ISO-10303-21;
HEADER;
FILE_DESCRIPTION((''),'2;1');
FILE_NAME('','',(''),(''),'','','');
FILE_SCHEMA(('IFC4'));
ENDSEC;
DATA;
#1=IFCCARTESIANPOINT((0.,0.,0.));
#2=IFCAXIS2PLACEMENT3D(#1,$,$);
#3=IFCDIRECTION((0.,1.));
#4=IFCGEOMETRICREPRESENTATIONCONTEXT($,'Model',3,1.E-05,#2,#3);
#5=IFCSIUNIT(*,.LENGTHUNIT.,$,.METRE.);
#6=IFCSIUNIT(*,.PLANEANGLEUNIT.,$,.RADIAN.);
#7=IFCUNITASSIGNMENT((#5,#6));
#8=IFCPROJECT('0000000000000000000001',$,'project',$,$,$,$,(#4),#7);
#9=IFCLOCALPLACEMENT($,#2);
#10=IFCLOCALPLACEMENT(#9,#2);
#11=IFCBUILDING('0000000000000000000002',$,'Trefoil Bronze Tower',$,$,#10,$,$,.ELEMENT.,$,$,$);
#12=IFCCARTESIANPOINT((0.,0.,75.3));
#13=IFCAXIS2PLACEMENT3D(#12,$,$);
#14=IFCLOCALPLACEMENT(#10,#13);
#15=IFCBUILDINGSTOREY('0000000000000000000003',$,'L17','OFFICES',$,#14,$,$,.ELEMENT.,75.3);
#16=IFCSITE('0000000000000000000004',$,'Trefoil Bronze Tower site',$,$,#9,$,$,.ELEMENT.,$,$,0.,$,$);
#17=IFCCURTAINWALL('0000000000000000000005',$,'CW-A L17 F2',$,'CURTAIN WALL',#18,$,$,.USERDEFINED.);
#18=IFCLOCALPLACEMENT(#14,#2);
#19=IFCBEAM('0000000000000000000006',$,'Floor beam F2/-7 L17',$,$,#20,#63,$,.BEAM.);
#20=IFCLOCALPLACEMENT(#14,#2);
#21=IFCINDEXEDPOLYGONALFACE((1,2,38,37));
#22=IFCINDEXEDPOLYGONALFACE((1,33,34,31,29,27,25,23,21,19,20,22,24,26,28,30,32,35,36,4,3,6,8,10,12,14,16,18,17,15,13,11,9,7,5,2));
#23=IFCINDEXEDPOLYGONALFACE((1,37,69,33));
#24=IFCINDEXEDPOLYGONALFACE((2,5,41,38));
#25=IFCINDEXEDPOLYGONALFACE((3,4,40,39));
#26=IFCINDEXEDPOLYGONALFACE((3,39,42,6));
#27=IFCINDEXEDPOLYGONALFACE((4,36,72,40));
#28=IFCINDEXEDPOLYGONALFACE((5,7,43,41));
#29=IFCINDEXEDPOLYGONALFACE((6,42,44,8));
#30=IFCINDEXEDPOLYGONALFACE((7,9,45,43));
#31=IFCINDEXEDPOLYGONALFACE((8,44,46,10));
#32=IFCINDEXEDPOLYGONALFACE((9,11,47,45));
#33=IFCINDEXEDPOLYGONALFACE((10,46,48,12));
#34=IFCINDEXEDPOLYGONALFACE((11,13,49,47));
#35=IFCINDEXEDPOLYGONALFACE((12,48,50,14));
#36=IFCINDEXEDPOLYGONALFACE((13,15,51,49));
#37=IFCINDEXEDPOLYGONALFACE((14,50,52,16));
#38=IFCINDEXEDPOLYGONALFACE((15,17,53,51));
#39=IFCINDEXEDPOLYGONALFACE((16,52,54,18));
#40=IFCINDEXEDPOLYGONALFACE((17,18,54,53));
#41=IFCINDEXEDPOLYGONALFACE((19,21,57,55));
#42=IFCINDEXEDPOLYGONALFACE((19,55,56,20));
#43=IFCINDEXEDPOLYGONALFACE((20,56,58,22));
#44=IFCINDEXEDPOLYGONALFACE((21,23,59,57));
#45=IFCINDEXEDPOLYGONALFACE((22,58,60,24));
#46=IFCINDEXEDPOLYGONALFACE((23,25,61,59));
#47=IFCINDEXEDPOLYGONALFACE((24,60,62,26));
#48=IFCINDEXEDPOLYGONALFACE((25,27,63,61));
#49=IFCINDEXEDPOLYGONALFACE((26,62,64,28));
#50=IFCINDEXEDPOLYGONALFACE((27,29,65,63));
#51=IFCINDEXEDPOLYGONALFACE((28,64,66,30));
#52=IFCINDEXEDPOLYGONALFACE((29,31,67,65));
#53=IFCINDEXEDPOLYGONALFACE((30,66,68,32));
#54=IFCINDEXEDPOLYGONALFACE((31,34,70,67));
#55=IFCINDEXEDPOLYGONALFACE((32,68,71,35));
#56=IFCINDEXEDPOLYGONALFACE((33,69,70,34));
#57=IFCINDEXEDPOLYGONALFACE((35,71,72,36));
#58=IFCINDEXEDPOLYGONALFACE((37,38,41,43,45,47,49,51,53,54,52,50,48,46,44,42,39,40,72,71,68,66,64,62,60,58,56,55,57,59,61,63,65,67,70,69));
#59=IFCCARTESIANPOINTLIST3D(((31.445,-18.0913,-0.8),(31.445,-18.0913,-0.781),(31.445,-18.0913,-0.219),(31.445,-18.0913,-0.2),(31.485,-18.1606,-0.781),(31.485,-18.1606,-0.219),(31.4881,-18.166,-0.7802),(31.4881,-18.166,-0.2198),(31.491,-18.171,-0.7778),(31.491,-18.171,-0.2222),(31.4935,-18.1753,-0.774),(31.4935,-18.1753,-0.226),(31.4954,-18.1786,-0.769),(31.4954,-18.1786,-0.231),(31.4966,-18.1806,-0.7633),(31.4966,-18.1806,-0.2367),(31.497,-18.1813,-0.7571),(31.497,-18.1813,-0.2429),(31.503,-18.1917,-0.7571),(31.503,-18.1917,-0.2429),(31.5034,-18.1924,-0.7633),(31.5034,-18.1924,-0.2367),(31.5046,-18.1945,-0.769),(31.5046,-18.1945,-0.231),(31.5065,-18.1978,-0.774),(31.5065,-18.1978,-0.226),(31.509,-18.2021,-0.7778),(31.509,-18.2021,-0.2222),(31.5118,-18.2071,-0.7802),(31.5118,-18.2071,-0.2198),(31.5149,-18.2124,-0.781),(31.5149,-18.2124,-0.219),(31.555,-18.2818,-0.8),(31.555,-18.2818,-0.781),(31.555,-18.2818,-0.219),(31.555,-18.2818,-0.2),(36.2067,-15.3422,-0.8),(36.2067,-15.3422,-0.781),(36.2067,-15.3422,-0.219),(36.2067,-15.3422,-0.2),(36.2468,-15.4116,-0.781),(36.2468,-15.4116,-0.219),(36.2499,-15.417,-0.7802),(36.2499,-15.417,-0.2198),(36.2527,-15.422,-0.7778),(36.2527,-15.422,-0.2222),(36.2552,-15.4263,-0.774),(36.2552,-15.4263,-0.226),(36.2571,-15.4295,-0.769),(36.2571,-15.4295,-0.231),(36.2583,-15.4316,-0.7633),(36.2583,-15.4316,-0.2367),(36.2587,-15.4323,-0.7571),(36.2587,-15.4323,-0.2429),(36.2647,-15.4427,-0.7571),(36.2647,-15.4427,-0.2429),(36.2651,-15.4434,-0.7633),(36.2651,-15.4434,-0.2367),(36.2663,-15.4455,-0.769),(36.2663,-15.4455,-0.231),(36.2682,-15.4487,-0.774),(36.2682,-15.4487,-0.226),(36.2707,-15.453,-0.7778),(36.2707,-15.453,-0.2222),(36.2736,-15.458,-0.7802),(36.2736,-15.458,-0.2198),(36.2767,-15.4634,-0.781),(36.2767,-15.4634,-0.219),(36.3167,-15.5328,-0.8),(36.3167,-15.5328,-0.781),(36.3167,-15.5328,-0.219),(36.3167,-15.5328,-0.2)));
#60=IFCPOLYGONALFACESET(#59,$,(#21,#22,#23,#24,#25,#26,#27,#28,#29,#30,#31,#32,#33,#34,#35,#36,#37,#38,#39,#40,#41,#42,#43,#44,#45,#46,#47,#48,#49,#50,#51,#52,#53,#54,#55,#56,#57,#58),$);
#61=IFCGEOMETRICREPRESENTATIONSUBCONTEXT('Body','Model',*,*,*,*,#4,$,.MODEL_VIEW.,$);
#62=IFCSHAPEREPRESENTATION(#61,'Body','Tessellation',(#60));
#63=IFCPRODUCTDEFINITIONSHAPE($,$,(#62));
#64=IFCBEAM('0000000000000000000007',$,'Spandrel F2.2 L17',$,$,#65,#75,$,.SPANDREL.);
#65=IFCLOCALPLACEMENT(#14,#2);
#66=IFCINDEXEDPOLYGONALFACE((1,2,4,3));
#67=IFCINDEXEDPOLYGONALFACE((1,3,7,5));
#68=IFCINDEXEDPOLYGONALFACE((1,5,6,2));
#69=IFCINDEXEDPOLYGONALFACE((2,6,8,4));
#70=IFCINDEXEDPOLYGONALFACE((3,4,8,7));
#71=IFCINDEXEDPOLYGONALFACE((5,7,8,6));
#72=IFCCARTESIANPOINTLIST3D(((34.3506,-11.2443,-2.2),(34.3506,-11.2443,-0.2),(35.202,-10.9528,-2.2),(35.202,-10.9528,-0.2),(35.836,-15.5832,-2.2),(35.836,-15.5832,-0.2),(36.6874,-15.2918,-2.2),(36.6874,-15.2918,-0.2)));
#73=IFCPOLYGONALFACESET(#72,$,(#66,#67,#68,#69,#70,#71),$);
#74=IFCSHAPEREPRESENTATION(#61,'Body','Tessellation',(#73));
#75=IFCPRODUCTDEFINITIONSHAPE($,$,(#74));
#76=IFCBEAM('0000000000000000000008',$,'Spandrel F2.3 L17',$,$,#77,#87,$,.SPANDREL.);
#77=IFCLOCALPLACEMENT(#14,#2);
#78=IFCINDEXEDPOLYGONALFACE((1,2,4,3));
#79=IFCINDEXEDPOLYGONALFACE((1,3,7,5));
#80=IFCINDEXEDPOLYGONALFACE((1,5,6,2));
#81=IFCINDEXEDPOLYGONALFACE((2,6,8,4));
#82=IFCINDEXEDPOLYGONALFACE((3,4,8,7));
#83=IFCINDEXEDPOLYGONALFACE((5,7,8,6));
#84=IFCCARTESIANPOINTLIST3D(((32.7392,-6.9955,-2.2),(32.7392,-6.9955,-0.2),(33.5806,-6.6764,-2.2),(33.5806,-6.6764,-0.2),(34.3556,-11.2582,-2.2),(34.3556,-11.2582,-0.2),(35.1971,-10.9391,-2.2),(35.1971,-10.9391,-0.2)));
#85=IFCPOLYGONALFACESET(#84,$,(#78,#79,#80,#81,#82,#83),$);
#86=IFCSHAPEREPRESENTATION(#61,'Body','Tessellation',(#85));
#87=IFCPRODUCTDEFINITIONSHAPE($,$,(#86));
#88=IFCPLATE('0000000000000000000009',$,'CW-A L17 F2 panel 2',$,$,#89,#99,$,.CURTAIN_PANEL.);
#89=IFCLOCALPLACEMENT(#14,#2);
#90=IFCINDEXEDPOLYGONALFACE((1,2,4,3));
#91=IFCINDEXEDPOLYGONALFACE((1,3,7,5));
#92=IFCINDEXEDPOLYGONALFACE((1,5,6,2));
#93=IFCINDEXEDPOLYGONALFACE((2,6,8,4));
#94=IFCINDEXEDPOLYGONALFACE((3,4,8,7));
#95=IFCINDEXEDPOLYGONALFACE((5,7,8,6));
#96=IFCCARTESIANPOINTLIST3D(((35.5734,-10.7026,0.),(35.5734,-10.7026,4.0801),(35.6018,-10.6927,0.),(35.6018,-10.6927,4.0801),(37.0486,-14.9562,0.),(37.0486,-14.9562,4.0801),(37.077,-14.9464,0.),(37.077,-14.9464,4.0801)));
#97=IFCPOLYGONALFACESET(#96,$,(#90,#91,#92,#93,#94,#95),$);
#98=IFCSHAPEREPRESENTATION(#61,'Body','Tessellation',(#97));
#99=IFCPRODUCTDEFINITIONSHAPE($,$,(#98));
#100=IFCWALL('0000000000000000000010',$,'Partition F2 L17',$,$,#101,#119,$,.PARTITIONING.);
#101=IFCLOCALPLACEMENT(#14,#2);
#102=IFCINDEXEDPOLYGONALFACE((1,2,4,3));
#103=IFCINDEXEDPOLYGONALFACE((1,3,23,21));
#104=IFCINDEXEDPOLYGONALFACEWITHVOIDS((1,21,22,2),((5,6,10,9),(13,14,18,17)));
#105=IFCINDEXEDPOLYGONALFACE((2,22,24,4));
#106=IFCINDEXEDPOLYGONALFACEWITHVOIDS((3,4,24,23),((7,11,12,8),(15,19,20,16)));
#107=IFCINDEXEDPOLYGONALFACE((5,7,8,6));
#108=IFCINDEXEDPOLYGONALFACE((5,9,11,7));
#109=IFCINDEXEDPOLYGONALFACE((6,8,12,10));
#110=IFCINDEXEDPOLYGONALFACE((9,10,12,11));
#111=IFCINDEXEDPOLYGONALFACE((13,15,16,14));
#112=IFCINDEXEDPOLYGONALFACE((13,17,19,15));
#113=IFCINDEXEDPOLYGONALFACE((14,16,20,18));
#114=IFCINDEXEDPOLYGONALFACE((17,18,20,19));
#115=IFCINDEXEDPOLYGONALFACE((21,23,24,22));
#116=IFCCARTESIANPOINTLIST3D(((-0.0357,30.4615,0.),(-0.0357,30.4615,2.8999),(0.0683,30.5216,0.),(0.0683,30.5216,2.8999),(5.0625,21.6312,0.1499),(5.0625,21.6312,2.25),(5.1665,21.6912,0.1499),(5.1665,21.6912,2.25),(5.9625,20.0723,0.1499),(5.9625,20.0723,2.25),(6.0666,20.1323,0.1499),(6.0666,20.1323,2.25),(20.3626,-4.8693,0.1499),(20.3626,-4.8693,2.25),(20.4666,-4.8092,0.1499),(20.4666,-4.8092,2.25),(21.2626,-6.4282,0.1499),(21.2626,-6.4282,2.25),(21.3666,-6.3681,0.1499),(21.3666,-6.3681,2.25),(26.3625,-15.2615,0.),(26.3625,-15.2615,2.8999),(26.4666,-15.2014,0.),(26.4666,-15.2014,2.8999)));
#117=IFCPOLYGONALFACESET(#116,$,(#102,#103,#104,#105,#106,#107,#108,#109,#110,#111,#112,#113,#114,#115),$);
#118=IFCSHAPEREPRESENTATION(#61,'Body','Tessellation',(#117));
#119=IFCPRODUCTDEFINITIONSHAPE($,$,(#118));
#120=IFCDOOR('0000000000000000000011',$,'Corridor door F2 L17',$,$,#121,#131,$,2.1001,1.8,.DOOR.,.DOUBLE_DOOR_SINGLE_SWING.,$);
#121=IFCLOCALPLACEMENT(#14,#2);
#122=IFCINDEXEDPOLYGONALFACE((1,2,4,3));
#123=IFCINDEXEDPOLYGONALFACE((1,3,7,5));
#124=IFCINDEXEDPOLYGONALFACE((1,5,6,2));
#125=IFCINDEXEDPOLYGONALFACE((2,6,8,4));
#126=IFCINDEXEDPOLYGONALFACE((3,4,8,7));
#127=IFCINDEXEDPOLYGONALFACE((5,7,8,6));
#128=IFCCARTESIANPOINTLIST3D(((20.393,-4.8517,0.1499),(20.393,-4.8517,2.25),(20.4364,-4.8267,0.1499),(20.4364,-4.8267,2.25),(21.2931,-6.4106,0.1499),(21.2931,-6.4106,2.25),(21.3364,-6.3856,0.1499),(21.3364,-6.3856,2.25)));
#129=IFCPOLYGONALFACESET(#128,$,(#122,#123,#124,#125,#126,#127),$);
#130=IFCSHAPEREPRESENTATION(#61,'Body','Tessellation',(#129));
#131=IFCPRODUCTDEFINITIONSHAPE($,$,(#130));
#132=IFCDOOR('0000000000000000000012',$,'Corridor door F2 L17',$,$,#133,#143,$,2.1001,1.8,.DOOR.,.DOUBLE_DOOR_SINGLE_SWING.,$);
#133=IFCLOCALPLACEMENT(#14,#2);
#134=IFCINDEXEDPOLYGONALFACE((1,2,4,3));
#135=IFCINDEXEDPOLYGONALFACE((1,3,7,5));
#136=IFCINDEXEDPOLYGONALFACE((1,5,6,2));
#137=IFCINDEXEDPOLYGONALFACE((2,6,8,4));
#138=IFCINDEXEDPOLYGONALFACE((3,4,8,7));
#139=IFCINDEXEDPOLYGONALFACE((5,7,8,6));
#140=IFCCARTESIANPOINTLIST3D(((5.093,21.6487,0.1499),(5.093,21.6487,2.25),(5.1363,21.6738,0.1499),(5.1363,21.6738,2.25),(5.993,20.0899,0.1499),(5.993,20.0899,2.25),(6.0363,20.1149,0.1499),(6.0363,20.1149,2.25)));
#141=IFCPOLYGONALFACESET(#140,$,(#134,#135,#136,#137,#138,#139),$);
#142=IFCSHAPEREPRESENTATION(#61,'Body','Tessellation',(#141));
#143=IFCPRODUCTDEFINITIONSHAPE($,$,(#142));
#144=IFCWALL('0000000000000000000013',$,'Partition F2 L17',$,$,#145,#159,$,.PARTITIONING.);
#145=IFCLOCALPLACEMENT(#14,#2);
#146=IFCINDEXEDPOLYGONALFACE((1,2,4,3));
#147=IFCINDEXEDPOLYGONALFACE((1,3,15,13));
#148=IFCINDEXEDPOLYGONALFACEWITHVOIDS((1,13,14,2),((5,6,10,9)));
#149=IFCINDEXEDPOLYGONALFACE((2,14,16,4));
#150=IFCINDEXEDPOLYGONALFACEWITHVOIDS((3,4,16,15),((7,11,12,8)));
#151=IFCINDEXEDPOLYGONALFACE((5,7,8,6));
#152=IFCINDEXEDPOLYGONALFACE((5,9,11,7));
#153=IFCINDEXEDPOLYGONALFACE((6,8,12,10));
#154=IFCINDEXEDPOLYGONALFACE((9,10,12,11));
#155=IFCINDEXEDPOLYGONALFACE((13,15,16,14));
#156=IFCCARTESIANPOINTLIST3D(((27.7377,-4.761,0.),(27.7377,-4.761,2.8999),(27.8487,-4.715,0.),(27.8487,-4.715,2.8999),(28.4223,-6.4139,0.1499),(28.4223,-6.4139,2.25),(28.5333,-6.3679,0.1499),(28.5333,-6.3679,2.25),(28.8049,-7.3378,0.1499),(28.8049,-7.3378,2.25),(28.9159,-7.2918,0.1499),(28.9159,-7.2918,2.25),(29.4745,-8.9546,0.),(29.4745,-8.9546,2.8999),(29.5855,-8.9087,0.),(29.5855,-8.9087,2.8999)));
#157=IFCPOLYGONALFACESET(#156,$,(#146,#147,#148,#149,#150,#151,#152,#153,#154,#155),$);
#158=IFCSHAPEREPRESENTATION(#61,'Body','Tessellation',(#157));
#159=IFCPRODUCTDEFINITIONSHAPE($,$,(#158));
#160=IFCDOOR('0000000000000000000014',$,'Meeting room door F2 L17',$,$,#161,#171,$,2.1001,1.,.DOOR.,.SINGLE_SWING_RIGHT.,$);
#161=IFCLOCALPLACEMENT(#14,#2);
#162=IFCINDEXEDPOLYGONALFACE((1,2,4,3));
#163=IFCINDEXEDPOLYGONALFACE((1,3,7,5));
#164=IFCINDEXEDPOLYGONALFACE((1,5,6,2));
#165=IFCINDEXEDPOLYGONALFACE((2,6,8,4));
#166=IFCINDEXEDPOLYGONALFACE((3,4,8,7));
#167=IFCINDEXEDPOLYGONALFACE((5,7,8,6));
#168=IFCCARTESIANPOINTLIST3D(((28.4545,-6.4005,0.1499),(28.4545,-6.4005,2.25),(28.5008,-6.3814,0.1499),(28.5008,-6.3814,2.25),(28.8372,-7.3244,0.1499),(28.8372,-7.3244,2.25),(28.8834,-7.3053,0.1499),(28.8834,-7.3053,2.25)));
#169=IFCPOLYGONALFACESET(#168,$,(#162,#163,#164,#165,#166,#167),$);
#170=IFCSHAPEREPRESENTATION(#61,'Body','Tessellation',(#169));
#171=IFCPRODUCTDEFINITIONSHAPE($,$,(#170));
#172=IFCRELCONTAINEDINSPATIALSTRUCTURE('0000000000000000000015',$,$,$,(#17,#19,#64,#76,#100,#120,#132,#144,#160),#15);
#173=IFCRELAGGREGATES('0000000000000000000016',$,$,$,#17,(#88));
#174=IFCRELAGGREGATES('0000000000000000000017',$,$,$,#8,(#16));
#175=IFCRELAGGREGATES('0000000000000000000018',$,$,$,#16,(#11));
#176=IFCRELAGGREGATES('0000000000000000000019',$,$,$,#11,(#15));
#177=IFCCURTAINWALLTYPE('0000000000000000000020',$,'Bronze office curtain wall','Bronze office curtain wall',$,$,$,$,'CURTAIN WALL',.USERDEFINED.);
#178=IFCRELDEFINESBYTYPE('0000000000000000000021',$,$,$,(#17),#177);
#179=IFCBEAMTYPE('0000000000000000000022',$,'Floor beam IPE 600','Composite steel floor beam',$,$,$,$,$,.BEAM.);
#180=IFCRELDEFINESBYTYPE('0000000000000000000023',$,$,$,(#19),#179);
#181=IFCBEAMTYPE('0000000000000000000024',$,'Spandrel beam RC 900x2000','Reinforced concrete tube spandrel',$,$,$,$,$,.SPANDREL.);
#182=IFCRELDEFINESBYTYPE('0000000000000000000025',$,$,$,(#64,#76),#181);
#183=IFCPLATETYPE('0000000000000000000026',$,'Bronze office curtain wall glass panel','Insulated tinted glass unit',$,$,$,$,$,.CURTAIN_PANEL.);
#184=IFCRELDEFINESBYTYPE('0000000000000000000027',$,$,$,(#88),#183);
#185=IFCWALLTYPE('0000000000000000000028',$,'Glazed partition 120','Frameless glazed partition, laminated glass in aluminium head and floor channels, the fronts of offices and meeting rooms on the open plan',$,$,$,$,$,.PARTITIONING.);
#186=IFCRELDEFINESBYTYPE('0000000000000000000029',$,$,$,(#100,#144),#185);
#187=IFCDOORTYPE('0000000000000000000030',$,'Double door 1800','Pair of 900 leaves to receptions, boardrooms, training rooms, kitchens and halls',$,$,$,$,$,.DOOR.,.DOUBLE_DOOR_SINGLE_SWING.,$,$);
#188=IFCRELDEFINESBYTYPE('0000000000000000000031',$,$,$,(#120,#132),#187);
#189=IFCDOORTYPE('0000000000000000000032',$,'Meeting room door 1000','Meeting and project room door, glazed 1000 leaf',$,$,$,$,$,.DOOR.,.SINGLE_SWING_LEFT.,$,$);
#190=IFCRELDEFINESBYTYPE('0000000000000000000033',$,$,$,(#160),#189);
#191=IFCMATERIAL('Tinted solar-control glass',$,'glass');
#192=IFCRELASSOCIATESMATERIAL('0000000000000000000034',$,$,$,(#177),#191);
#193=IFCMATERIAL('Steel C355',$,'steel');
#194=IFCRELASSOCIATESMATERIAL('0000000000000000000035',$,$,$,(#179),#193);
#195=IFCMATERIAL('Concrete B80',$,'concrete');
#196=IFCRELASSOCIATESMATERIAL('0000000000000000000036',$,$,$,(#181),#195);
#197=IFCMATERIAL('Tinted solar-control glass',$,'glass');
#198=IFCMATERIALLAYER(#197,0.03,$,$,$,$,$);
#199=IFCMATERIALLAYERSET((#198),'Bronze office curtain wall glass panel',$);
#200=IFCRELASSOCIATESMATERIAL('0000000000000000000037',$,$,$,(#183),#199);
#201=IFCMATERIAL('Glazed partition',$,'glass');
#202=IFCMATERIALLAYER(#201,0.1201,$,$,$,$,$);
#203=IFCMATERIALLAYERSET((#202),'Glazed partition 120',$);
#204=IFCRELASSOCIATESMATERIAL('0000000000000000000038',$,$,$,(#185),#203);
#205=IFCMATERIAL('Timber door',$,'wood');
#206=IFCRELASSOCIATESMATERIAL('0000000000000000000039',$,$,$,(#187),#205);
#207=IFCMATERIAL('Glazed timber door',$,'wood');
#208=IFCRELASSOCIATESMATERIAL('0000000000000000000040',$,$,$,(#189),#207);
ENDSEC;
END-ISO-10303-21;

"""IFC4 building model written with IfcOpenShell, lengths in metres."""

from ifc_helpers import new_model, si_unit, direction, frame, frame_2d, origin, origin_2d, place, context, subcontext, project, spatial, rectangle, i_section, extrude, material, layer, layer_set, material_profile, profile_set, type_object, element, fill, aggregate, save


model = new_model("IFC4")

# Units and contexts
model_context = context("Model", 3, precision=1e-05, world=origin(), true_north=direction((0.0, 1.0)))
body_context = subcontext(model_context, "Body", "Model", "MODEL_VIEW")
ifc_project = project(units=[si_unit("LENGTHUNIT", "METRE"), si_unit("PLANEANGLEUNIT", "RADIAN")], contexts=[model_context])

# Site, building, storey
site_placement = place(None, origin())
site = spatial("IfcSite", under=ifc_project, at=site_placement, Name="Trefoil Bronze Tower site", CompositionType="ELEMENT", RefElevation=0.0)
building_placement = place(site_placement, origin())
building = spatial("IfcBuilding", under=site, at=building_placement, Name="Trefoil Bronze Tower", CompositionType="ELEMENT")
storey_placement = place(building_placement, frame((0.0, 0.0, 75.3)))
storey = spatial("IfcBuildingStorey", under=building, at=storey_placement, Name="L17", Description="OFFICES", CompositionType="ELEMENT", Elevation=75.3)

# Curtain wall
ifc_material_1 = material(Name="Tinted solar-control glass", Category="glass")
curtain_wall_type = type_object("IfcCurtainWallType", Name="Bronze office curtain wall", Description="Bronze office curtain wall", ElementType="CURTAIN WALL", PredefinedType="USERDEFINED", material=ifc_material_1)
curtain_wall_placement = place(storey_placement, origin())
curtain_wall = element("IfcCurtainWall", 1, at=curtain_wall_placement, inside=storey, type_object=curtain_wall_type, Name="CW-A L17 F2", ObjectType="CURTAIN WALL", PredefinedType="USERDEFINED")

# Beams
ifc_material_2 = material(Name="Steel C355", Category="steel")
ifc_material_profile_1 = material_profile(ifc_material_2, i_section(OverallWidth=0.22, OverallDepth=0.6001, WebThickness=0.012, FlangeThickness=0.019, FilletRadius=0.0239, at=origin_2d()), Name="IPE 600")
ifc_profile_set_1 = profile_set([ifc_material_profile_1], Name="Steel C355")
beam_type_1 = type_object("IfcBeamType", Name="Floor beam IPE 600", Description="Composite steel floor beam", PredefinedType="BEAM", material=ifc_profile_set_1)
beam_1_placement = place(storey_placement, frame((36.2617, -15.4375, -0.5), z_axis=(-0.866038, -0.499979, 0.0), x_axis=(0.499979, -0.866038, 0.0)))
element("IfcBeam", 2, at=beam_1_placement, inside=storey, type_object=beam_type_1, Name="Floor beam F2/-7 L17", PredefinedType="BEAM", context=body_context, shape_type="SweptSolid", body=[
    extrude(i_section(OverallWidth=0.22, OverallDepth=0.6001, WebThickness=0.012, FlangeThickness=0.019, FilletRadius=0.0239, at=origin_2d()), origin(), (0.0, 0.0, 1.0), 5.4983),
])
ifc_material_3 = material(Name="Concrete B80", Category="concrete")
ifc_material_profile_2 = material_profile(ifc_material_3, rectangle(XDim=0.8999, YDim=2.0, at=origin_2d()), Name="RC 900x2000")
ifc_profile_set_2 = profile_set([ifc_material_profile_2], Name="Concrete B80")
beam_type_2 = type_object("IfcBeamType", Name="Spandrel beam RC 900x2000", Description="Reinforced concrete tube spandrel", PredefinedType="SPANDREL", material=ifc_profile_set_2)
beam_2_placement = place(storey_placement, frame((36.2617, -15.4375, -1.2), z_axis=(-0.323883, 0.946097, 0.0), x_axis=(-0.946097, -0.323883, 0.0)))
element("IfcBeam", 3, at=beam_2_placement, inside=storey, type_object=beam_type_2, Name="Spandrel F2.2 L17", PredefinedType="SPANDREL", context=body_context, shape_type="SweptSolid", body=[
    extrude(rectangle(XDim=0.8999, YDim=2.0, at=origin_2d()), origin(), (0.0, 0.0, 1.0), 4.5862),
])
beam_3_placement = place(storey_placement, frame((34.7764, -11.0986, -1.2), z_axis=(-0.354572, 0.935029, 0.0), x_axis=(-0.935029, -0.354572, 0.0)))
element("IfcBeam", 4, at=beam_3_placement, inside=storey, type_object=beam_type_2, Name="Spandrel F2.3 L17", PredefinedType="SPANDREL", context=body_context, shape_type="SweptSolid", body=[
    extrude(rectangle(XDim=0.8999, YDim=2.0, at=origin_2d()), origin(), (0.0, 0.0, 1.0), 4.5588),
])

# Plate
ifc_material_4 = material(Name="Tinted solar-control glass", Category="glass")
ifc_layer_1 = layer(ifc_material_4, 0.03)
ifc_layer_set_1 = layer_set([ifc_layer_1], Name="Bronze office curtain wall glass panel")
plate_type = type_object("IfcPlateType", Name="Bronze office curtain wall glass panel", Description="Insulated tinted glass unit", PredefinedType="CURTAIN_PANEL", material=ifc_layer_set_1)
plate_placement = place(storey_placement, frame((36.3252, -12.8245, 0.0), z_axis=(0.0, 0.0, 1.0), x_axis=(-0.327674, 0.944791, 0.0)))
plate = element("IfcPlate", 5, at=plate_placement, type_object=plate_type, Name="CW-A L17 F2 panel 2", PredefinedType="CURTAIN_PANEL", context=body_context, shape_type="SweptSolid", body=[
    extrude(rectangle(XDim=4.5022, YDim=0.03, at=origin_2d()), origin(), (0.0, 0.0, 1.0), 4.0801),
])
aggregate(curtain_wall, [plate])

# Wall, openings, doors
ifc_material_5 = material(Name="Glazed partition", Category="glass")
ifc_layer_2 = layer(ifc_material_5, 0.1201)
ifc_layer_set_2 = layer_set([ifc_layer_2], Name="Glazed partition 120")
wall_type = type_object("IfcWallType", Name="Glazed partition 120", Description="Frameless glazed partition, laminated glass in aluminium head and floor channels, the fronts of offices and meeting rooms on the open plan", PredefinedType="PARTITIONING", material=ifc_layer_set_2)
wall_1_placement = place(storey_placement, frame((26.4146, -15.2314, 0.0), z_axis=(0.0, 0.0, 1.0), x_axis=(-0.500001, 0.866025, 0.0)))
wall_1 = element("IfcWall", 6, at=wall_1_placement, inside=storey, type_object=wall_type, Name="Partition F2 L17", PredefinedType="PARTITIONING", context=body_context, shape_type="SweptSolid", body=[
    extrude(rectangle(XDim=52.7964, YDim=0.1201, at=frame_2d((26.3982, 0.0))), origin(), (0.0, 0.0, 1.0), 2.8999),
])
opening_1_placement = place(wall_1_placement, frame((10.2, 0.0, 0.1499)))
opening_1 = element("IfcOpeningElement", 7, at=opening_1_placement, cuts=wall_1, PredefinedType="OPENING", context=body_context, shape_type="SweptSolid", body=[
    extrude(rectangle(XDim=1.8, YDim=2.1001, at=frame_2d((0.8999, 1.05))), frame((0.0, 0.0701, 0.0), z_axis=(0.0, -1.0, 0.0), x_axis=(1.0, 0.0, 0.0)), (0.0, 0.0, 1.0), 0.1401),
])
opening_2_placement = place(wall_1_placement, frame((40.8, 0.0, 0.1499)))
opening_2 = element("IfcOpeningElement", 8, at=opening_2_placement, cuts=wall_1, PredefinedType="OPENING", context=body_context, shape_type="SweptSolid", body=[
    extrude(rectangle(XDim=1.8, YDim=2.1001, at=frame_2d((0.8999, 1.05))), frame((0.0, 0.0701, 0.0), z_axis=(0.0, -1.0, 0.0), x_axis=(1.0, 0.0, 0.0)), (0.0, 0.0, 1.0), 0.1401),
])
ifc_material_6 = material(Name="Timber door", Category="wood")
door_type_1 = type_object("IfcDoorType", Name="Double door 1800", Description="Pair of 900 leaves to receptions, boardrooms, training rooms, kitchens and halls", OperationType="DOUBLE_DOOR_SINGLE_SWING", PredefinedType="DOOR", material=ifc_material_6)
door_1_placement = place(opening_1_placement, origin())
door_1 = element("IfcDoor", 9, at=door_1_placement, inside=storey, type_object=door_type_1, Name="Corridor door F2 L17", OperationType="DOUBLE_DOOR_SINGLE_SWING", OverallHeight=2.1001, OverallWidth=1.8, PredefinedType="DOOR", context=body_context, shape_type="SweptSolid", body=[
    extrude(rectangle(XDim=1.8, YDim=2.1001, at=frame_2d((0.8999, 1.05))), frame((0.0, 0.0249, 0.0), z_axis=(0.0, -1.0, 0.0), x_axis=(1.0, 0.0, 0.0)), (0.0, 0.0, 1.0), 0.05),
])
fill(opening_1, door_1)
door_2_placement = place(opening_2_placement, origin())
door_2 = element("IfcDoor", 10, at=door_2_placement, inside=storey, type_object=door_type_1, Name="Corridor door F2 L17", OperationType="DOUBLE_DOOR_SINGLE_SWING", OverallHeight=2.1001, OverallWidth=1.8, PredefinedType="DOOR", context=body_context, shape_type="SweptSolid", body=[
    extrude(rectangle(XDim=1.8, YDim=2.1001, at=frame_2d((0.8999, 1.05))), frame((0.0, 0.0249, 0.0), z_axis=(0.0, -1.0, 0.0), x_axis=(1.0, 0.0, 0.0)), (0.0, 0.0, 1.0), 0.05),
])
fill(opening_2, door_2)

# Wall, opening, door
wall_2_placement = place(storey_placement, frame((29.53, -8.9316, 0.0), z_axis=(0.0, 0.0, 1.0), x_axis=(-0.38264, 0.923898, 0.0)))
wall_2 = element("IfcWall", 11, at=wall_2_placement, inside=storey, type_object=wall_type, Name="Partition F2 L17", PredefinedType="PARTITIONING", context=body_context, shape_type="SweptSolid", body=[
    extrude(rectangle(XDim=4.5391, YDim=0.1201, at=frame_2d((2.2695, 0.0))), origin(), (0.0, 0.0, 1.0), 2.8999),
])
opening_3_placement = place(wall_2_placement, frame((1.75, 0.0, 0.1499)))
opening_3 = element("IfcOpeningElement", 12, at=opening_3_placement, cuts=wall_2, PredefinedType="OPENING", context=body_context, shape_type="SweptSolid", body=[
    extrude(rectangle(XDim=1.0, YDim=2.1001, at=frame_2d((0.5, 1.05))), frame((0.0, 0.0701, 0.0), z_axis=(0.0, -1.0, 0.0), x_axis=(1.0, 0.0, 0.0)), (0.0, 0.0, 1.0), 0.1401),
])
ifc_material_7 = material(Name="Glazed timber door", Category="wood")
door_type_2 = type_object("IfcDoorType", Name="Meeting room door 1000", Description="Meeting and project room door, glazed 1000 leaf", OperationType="SINGLE_SWING_LEFT", PredefinedType="DOOR", material=ifc_material_7)
door_3_placement = place(opening_3_placement, frame((1.0, 0.0, 0.0), z_axis=(0.0, 0.0, 1.0), x_axis=(-1.0, 0.0, 0.0)))
door_3 = element("IfcDoor", 13, at=door_3_placement, inside=storey, type_object=door_type_2, Name="Meeting room door F2 L17", OperationType="SINGLE_SWING_RIGHT", OverallHeight=2.1001, OverallWidth=1.0, PredefinedType="DOOR", context=body_context, shape_type="SweptSolid", body=[
    extrude(rectangle(XDim=1.0, YDim=2.1001, at=frame_2d((0.5, 1.05))), frame((0.0, 0.0249, 0.0), z_axis=(0.0, -1.0, 0.0), x_axis=(1.0, 0.0, 0.0)), (0.0, 0.0, 1.0), 0.05),
])
fill(opening_3, door_3)

save(model, "model.ifc")
